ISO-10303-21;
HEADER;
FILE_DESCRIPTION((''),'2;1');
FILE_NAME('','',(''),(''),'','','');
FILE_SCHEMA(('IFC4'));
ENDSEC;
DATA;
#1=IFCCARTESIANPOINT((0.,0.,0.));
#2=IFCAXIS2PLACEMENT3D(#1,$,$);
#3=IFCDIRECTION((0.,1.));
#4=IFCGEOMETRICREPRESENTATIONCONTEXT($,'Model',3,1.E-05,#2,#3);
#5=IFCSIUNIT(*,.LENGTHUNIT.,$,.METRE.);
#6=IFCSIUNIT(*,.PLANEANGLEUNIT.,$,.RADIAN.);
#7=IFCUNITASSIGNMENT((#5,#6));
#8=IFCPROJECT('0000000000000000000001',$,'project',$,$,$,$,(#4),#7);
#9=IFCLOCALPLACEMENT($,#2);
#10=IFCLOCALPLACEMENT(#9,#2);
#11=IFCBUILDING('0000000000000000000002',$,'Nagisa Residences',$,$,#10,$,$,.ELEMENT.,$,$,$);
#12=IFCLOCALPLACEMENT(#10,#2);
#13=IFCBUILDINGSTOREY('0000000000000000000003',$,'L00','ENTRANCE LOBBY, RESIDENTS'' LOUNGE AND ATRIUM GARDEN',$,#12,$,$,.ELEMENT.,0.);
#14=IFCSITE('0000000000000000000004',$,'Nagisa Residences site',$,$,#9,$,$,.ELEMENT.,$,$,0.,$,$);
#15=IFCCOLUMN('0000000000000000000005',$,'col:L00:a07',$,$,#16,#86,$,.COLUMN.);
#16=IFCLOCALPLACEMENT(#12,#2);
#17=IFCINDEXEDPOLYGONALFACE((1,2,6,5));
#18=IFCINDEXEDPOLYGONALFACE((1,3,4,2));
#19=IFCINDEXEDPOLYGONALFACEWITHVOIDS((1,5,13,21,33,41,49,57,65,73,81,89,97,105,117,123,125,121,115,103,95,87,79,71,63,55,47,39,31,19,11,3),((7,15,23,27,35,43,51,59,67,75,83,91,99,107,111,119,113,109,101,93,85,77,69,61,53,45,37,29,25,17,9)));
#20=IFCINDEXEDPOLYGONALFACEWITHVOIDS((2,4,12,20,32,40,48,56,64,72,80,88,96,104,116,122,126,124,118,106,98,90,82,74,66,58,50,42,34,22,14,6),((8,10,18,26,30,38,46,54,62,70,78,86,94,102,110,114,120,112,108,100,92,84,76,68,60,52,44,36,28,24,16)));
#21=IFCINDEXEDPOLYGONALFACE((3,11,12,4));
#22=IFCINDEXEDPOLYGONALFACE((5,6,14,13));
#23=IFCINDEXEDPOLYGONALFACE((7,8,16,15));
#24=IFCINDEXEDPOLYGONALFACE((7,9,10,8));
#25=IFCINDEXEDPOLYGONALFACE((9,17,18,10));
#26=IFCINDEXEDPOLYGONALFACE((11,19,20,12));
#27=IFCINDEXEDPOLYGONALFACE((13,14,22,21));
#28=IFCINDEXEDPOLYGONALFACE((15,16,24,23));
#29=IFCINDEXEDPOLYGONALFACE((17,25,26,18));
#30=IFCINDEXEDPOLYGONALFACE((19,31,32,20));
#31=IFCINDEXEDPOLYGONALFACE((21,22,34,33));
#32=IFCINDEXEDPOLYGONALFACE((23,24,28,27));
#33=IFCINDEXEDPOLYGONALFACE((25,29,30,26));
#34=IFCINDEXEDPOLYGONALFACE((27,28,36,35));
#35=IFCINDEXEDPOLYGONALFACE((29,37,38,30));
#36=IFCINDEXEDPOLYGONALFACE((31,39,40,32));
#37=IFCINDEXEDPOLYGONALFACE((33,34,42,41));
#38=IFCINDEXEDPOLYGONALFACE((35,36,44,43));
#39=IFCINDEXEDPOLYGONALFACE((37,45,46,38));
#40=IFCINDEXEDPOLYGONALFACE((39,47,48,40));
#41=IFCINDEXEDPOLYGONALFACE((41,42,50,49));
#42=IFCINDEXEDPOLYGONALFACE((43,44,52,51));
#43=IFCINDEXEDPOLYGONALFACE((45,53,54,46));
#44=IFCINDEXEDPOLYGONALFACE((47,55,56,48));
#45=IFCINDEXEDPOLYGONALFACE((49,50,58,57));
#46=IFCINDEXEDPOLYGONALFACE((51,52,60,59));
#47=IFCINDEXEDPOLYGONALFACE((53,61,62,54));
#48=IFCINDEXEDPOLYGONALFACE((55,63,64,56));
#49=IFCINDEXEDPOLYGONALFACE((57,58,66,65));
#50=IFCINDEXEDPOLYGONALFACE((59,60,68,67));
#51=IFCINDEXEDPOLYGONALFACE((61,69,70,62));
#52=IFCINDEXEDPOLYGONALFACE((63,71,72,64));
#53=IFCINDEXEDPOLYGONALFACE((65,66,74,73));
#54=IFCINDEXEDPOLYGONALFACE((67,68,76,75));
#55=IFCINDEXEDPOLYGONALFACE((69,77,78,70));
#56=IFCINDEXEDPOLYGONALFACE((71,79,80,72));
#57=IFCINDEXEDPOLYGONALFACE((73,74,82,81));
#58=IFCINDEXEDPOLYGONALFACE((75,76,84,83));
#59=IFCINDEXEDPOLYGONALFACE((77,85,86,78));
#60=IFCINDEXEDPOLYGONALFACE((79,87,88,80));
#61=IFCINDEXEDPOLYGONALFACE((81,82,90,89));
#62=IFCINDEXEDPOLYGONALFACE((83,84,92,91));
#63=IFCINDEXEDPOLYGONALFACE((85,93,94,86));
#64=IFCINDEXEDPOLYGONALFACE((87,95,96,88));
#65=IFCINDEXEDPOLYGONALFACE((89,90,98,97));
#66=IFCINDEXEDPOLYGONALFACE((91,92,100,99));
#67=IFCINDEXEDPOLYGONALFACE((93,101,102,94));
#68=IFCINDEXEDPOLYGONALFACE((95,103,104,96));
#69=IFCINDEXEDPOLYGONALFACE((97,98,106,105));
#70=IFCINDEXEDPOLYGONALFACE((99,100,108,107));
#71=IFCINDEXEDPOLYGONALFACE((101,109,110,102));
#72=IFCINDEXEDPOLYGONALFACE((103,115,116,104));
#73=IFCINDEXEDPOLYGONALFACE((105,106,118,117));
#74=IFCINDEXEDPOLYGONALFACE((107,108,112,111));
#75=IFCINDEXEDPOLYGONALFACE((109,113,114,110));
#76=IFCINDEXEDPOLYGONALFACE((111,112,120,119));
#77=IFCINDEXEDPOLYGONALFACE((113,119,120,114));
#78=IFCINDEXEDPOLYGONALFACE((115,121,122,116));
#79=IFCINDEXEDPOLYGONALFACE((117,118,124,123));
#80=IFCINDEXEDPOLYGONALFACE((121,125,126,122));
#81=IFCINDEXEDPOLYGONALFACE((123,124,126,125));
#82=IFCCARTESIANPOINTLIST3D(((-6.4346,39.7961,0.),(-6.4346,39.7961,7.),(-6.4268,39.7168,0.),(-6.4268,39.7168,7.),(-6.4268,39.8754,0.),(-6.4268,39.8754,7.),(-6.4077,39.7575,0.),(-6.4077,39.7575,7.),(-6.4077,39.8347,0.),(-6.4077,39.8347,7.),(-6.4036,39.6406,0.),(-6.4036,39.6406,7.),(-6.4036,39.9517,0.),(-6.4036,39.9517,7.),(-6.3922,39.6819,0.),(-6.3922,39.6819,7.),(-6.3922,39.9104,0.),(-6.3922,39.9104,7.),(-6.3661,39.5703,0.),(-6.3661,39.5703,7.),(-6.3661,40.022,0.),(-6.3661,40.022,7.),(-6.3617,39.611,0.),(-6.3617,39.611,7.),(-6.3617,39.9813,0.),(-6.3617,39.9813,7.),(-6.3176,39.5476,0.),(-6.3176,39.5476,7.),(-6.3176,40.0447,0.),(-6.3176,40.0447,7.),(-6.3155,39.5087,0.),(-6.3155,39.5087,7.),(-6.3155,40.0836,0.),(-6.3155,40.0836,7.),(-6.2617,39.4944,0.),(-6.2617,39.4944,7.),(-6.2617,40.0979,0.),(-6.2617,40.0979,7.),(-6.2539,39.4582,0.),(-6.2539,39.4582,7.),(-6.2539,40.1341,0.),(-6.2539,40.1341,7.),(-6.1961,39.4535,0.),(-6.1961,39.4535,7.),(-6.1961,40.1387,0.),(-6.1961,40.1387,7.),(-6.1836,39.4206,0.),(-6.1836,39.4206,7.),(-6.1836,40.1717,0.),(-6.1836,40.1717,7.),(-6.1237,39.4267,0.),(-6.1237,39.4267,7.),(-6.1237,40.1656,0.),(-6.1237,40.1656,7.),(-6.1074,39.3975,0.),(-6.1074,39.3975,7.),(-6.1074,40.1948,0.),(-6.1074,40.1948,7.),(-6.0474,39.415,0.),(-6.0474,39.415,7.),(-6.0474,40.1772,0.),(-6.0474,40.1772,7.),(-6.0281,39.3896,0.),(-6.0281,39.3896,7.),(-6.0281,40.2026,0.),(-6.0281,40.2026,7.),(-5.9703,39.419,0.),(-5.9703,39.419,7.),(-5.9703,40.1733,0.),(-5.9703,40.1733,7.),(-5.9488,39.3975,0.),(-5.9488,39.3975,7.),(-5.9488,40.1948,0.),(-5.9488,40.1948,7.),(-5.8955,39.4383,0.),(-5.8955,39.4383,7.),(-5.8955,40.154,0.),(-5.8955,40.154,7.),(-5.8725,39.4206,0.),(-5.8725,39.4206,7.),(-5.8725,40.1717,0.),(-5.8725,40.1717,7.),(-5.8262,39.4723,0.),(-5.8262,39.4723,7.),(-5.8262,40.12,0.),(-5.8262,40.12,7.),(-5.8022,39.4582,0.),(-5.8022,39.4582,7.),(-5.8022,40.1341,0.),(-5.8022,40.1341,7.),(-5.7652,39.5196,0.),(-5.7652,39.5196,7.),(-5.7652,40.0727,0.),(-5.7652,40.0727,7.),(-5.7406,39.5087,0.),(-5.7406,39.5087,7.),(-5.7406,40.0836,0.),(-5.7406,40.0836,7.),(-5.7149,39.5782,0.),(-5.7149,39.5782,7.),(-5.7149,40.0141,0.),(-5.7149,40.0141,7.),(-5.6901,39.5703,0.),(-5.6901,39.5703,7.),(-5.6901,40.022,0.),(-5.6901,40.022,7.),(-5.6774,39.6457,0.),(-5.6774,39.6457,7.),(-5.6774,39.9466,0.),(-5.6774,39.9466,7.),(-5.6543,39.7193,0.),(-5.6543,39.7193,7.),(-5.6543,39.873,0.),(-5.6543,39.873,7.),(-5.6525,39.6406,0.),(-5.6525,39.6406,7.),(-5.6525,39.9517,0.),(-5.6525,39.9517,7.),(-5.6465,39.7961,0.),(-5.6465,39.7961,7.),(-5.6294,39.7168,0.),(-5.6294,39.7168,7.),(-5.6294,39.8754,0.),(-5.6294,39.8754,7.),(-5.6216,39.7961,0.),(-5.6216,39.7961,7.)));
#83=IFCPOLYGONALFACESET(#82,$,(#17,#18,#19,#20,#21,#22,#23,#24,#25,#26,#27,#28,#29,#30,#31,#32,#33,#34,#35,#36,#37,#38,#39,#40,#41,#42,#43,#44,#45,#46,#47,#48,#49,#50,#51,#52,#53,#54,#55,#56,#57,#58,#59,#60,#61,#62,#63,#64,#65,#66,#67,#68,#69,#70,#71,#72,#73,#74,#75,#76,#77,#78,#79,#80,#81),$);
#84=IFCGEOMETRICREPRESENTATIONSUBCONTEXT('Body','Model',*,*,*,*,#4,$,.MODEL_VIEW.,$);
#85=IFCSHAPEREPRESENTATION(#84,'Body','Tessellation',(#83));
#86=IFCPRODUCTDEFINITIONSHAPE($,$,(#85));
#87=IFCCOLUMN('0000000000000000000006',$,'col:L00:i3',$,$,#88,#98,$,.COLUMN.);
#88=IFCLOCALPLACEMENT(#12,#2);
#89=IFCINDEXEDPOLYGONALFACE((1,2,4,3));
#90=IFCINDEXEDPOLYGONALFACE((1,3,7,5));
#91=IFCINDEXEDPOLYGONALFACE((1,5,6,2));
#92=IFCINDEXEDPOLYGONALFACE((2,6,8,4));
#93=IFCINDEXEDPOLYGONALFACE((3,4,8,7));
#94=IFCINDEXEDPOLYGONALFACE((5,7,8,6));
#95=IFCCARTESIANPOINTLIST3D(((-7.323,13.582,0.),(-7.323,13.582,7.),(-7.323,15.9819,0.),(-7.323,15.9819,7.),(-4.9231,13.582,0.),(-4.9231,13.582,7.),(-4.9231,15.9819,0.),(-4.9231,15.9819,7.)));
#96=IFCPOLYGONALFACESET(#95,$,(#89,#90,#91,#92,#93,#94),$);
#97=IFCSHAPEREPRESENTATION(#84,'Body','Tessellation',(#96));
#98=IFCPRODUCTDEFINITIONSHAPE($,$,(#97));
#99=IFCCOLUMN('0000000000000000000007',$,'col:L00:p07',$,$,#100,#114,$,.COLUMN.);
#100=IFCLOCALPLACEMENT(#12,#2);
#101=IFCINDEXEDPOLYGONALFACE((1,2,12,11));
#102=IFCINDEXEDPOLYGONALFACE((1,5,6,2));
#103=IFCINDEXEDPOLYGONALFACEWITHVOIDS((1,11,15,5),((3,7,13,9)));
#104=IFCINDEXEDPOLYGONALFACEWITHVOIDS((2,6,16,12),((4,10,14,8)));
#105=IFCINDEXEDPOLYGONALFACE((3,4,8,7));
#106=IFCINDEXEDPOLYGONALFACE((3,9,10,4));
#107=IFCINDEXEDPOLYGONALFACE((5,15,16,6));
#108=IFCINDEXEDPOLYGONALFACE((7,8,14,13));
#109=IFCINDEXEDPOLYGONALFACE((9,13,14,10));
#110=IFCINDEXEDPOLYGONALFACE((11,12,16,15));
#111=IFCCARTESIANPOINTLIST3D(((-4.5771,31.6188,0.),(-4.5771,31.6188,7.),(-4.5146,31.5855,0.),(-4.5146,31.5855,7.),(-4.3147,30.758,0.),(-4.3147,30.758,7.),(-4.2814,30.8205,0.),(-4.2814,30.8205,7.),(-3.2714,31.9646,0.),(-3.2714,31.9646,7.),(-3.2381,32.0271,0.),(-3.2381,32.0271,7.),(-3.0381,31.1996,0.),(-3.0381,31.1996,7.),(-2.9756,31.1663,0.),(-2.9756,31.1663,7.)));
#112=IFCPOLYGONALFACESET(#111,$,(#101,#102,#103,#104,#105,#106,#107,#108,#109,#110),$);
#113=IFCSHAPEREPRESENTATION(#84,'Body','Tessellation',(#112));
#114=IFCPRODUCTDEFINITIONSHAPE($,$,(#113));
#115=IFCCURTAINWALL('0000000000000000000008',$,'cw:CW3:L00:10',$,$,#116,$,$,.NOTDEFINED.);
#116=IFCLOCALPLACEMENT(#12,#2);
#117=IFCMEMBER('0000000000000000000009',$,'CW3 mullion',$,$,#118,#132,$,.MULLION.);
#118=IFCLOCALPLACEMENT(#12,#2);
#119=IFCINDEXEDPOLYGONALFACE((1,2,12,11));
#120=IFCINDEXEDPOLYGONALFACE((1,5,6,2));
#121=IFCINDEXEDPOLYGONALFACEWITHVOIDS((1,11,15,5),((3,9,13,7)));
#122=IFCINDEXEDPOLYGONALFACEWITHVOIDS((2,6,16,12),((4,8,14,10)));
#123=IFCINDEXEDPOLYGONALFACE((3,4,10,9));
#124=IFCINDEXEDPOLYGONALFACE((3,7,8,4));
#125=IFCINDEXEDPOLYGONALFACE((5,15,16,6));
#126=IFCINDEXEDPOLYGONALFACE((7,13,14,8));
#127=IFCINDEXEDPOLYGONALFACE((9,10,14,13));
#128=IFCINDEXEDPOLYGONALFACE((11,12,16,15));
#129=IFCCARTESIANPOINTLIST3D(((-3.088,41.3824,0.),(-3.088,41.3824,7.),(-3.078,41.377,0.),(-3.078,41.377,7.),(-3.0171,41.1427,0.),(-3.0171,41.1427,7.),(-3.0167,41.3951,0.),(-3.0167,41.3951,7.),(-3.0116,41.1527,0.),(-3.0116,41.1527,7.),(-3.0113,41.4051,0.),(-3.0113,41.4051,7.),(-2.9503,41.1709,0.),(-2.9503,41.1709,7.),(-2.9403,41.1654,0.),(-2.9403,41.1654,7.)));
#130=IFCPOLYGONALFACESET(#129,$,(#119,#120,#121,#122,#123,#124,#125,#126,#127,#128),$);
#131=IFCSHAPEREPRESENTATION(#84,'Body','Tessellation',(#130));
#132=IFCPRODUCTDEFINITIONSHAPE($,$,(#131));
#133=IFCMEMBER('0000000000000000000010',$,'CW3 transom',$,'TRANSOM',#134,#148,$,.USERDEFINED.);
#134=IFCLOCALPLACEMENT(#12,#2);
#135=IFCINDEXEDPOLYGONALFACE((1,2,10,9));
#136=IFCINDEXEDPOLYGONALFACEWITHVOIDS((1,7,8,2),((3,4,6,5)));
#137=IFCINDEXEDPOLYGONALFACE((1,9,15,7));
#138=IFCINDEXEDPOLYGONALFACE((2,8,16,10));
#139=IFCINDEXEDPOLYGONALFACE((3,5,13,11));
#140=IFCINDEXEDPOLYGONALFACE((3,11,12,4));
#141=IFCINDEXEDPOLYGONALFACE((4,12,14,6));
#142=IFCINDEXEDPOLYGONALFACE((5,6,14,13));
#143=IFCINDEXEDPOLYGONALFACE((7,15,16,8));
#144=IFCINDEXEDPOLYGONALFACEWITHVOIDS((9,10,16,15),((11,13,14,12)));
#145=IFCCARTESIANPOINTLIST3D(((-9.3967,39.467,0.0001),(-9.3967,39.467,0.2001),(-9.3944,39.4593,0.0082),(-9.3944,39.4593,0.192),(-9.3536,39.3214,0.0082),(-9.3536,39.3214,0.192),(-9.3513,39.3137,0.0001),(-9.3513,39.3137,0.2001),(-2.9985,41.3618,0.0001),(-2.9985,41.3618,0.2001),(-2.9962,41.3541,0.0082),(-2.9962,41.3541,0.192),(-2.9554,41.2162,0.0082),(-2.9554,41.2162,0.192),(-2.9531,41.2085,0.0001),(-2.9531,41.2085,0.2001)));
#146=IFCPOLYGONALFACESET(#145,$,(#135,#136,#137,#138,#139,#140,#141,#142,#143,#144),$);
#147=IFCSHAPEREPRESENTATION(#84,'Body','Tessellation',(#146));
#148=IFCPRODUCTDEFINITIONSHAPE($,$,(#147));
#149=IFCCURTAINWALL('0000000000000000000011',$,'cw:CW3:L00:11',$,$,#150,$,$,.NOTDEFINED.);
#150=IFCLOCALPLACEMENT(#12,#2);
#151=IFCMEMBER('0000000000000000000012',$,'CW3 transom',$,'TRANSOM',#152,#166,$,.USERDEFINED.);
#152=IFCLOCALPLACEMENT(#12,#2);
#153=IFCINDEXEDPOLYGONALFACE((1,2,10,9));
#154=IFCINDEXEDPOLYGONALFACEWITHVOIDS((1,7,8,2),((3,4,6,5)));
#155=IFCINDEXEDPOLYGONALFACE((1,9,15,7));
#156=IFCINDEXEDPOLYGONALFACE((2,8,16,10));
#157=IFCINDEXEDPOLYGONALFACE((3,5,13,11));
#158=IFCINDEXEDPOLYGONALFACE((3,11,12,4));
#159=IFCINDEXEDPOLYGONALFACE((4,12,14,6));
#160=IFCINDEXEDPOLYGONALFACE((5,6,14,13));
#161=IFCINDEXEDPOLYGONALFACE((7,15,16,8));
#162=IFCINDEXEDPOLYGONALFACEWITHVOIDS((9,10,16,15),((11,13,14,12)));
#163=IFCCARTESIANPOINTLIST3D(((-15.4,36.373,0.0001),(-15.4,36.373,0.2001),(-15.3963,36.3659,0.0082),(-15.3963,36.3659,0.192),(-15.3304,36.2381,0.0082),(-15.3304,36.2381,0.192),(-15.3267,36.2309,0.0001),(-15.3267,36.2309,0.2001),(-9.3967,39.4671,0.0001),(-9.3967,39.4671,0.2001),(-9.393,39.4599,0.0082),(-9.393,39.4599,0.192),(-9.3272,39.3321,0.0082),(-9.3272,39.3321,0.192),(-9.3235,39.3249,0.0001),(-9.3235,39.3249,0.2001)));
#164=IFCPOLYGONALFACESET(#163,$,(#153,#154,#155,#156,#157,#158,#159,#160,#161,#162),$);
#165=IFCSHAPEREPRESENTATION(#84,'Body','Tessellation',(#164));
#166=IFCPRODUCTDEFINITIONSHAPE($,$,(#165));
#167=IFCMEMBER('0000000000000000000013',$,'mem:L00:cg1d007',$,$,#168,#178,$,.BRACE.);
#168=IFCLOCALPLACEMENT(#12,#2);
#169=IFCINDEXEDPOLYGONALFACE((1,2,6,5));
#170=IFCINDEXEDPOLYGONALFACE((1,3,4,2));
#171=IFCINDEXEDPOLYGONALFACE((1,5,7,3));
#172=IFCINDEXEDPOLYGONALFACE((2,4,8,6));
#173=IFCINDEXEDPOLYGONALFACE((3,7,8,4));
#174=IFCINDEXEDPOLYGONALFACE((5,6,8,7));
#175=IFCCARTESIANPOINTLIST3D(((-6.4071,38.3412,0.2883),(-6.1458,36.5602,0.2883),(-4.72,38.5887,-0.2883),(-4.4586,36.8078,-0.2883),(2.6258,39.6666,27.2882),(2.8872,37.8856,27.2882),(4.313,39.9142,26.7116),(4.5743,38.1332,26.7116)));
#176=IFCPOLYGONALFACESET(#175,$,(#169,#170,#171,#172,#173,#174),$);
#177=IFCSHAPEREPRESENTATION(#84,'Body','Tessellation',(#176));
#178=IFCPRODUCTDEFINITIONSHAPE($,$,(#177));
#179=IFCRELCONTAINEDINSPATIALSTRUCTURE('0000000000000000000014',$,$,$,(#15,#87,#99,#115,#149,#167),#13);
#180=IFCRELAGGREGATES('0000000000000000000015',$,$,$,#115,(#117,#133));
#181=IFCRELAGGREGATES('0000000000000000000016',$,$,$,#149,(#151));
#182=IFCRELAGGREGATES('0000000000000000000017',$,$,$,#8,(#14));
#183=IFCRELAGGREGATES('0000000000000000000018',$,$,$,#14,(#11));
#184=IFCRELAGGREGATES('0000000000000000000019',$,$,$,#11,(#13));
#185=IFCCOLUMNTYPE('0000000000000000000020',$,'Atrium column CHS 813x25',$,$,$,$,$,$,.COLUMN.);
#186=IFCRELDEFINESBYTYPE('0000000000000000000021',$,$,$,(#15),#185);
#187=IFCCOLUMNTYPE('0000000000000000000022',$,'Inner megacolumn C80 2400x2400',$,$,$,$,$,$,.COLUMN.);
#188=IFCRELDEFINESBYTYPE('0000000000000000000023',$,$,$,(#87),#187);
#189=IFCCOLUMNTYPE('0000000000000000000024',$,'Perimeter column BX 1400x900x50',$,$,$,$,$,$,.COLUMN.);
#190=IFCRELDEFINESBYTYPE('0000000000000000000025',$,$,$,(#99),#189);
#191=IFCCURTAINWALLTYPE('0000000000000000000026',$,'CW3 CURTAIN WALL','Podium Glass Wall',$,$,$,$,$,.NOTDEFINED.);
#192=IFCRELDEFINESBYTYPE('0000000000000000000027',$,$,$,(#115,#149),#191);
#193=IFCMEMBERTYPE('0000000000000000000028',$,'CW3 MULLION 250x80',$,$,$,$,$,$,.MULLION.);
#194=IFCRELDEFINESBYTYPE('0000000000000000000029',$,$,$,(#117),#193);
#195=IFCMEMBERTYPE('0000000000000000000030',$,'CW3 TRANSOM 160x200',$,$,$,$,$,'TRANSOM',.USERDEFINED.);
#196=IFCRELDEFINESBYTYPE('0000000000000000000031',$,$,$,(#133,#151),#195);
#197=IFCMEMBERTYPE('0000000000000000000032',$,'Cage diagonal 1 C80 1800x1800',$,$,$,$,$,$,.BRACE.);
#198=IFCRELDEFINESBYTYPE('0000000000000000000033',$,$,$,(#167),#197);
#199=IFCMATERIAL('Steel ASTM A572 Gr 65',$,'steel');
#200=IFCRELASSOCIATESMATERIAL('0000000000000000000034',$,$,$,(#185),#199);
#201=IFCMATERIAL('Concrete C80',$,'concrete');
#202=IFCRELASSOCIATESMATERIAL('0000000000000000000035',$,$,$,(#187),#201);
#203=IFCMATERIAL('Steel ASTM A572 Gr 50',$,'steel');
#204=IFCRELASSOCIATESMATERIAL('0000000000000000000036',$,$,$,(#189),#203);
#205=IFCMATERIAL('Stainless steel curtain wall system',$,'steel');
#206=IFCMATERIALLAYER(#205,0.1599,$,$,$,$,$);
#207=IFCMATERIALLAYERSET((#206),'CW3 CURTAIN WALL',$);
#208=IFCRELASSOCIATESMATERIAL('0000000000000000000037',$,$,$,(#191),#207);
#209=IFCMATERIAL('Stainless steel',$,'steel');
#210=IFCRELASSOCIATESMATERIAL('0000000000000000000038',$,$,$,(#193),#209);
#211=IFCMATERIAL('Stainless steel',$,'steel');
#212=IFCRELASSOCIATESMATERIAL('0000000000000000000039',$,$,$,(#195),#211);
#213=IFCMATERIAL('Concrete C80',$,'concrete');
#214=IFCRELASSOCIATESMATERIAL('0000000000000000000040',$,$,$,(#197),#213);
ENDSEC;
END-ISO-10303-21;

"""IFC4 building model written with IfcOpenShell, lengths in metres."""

from ifc_helpers import new_model, si_unit, direction, frame, origin, origin_2d, place, context, subcontext, project, spatial, rectangle, hollow_rectangle, hollow_circle, extrude, material, layer, layer_set, material_profile, profile_set, type_object, element, aggregate, save


model = new_model("IFC4")

# Units and contexts
model_context = context("Model", 3, precision=1e-05, world=origin(), true_north=direction((0.0, 1.0)))
body_context = subcontext(model_context, "Body", "Model", "MODEL_VIEW")
ifc_project = project(units=[si_unit("LENGTHUNIT", "METRE"), si_unit("PLANEANGLEUNIT", "RADIAN")], contexts=[model_context])

# Site, building, storey
site_placement = place(None, origin())
site = spatial("IfcSite", under=ifc_project, at=site_placement, Name="Nagisa Residences site", CompositionType="ELEMENT", RefElevation=0.0)
building_placement = place(site_placement, origin())
building = spatial("IfcBuilding", under=site, at=building_placement, Name="Nagisa Residences", CompositionType="ELEMENT")
storey_placement = place(building_placement, origin())
storey = spatial("IfcBuildingStorey", under=building, at=storey_placement, Name="L00", Description="ENTRANCE LOBBY, RESIDENTS' LOUNGE AND ATRIUM GARDEN", CompositionType="ELEMENT", Elevation=0.0)

# Columns
ifc_material_1 = material(Name="Steel ASTM A572 Gr 65", Category="steel")
ifc_material_profile_1 = material_profile(ifc_material_1, hollow_circle(Radius=0.4065, WallThickness=0.0249, at=origin_2d()), Name="CHS 813x25")
ifc_profile_set_1 = profile_set([ifc_material_profile_1], Name="Steel ASTM A572 Gr 65")
column_type_1 = type_object("IfcColumnType", Name="Atrium column CHS 813x25", PredefinedType="COLUMN", material=ifc_profile_set_1)
column_1_placement = place(storey_placement, frame((-6.0281, 39.7961, 0.0), z_axis=(0.0, 0.0, 1.0), x_axis=(1.0, 0.0, 0.0)))
element("IfcColumn", 1, at=column_1_placement, inside=storey, type_object=column_type_1, Name="col:L00:a07", PredefinedType="COLUMN", context=body_context, shape_type="SweptSolid", body=[
    extrude(hollow_circle(Radius=0.4065, WallThickness=0.0249, at=origin_2d()), origin(), (0.0, 0.0, 1.0), 7.0),
])
ifc_material_2 = material(Name="Concrete C80", Category="concrete")
ifc_material_profile_2 = material_profile(ifc_material_2, rectangle(XDim=2.3999, YDim=2.3999, at=origin_2d()), Name="C80 2400x2400")
ifc_profile_set_2 = profile_set([ifc_material_profile_2], Name="Concrete C80")
column_type_2 = type_object("IfcColumnType", Name="Inner megacolumn C80 2400x2400", PredefinedType="COLUMN", material=ifc_profile_set_2)
column_2_placement = place(storey_placement, frame((-6.123, 14.782, 0.0), z_axis=(0.0, 0.0, 1.0), x_axis=(1.0, 0.0, 0.0)))
element("IfcColumn", 2, at=column_2_placement, inside=storey, type_object=column_type_2, Name="col:L00:i3", PredefinedType="COLUMN", context=body_context, shape_type="SweptSolid", body=[
    extrude(rectangle(XDim=2.3999, YDim=2.3999, at=origin_2d()), origin(), (0.0, 0.0, 1.0), 7.0),
])
ifc_material_3 = material(Name="Steel ASTM A572 Gr 50", Category="steel")
ifc_material_profile_3 = material_profile(ifc_material_3, hollow_rectangle(XDim=1.3999, YDim=0.8999, WallThickness=0.05, at=origin_2d()), Name="BX 1400x900x50")
ifc_profile_set_3 = profile_set([ifc_material_profile_3], Name="Steel ASTM A572 Gr 50")
column_type_3 = type_object("IfcColumnType", Name="Perimeter column BX 1400x900x50", PredefinedType="COLUMN", material=ifc_profile_set_3)
column_3_placement = place(storey_placement, frame((-3.7764, 31.3926, 0.0), z_axis=(0.0, 0.0, 1.0), x_axis=(-0.956525, -0.291652, 0.0)))
element("IfcColumn", 3, at=column_3_placement, inside=storey, type_object=column_type_3, Name="col:L00:p07", PredefinedType="COLUMN", context=body_context, shape_type="SweptSolid", body=[
    extrude(hollow_rectangle(XDim=1.3999, YDim=0.8999, WallThickness=0.05, at=origin_2d()), origin(), (0.0, 0.0, 1.0), 7.0),
])

# Curtain wall, members
ifc_material_4 = material(Name="Stainless steel curtain wall system", Category="steel")
ifc_layer_1 = layer(ifc_material_4, 0.1599)
ifc_layer_set_1 = layer_set([ifc_layer_1], Name="CW3 CURTAIN WALL")
curtain_wall_type = type_object("IfcCurtainWallType", Name="CW3 CURTAIN WALL", Description="Podium Glass Wall", PredefinedType="NOTDEFINED", material=ifc_layer_set_1)
curtain_wall_1_placement = place(storey_placement, origin())
curtain_wall_1 = element("IfcCurtainWall", 4, at=curtain_wall_1_placement, inside=storey, type_object=curtain_wall_type, Name="cw:CW3:L00:10", PredefinedType="NOTDEFINED")
ifc_material_5 = material(Name="Stainless steel", Category="steel")
ifc_material_profile_4 = material_profile(ifc_material_5, hollow_rectangle(XDim=0.25, YDim=0.0801, WallThickness=0.0081, at=origin_2d()), Name="CW3 MULLION 250x80")
ifc_profile_set_4 = profile_set([ifc_material_profile_4], Name="Stainless steel")
member_type_1 = type_object("IfcMemberType", Name="CW3 MULLION 250x80", PredefinedType="MULLION", material=ifc_profile_set_4)
member_1_placement = place(storey_placement, frame((-3.0142, 41.2739, 0.0), z_axis=(0.0, 0.0, 1.0), x_axis=(0.283963, -0.958835, 0.0)))
member_1 = element("IfcMember", 5, at=member_1_placement, type_object=member_type_1, Name="CW3 mullion", PredefinedType="MULLION", context=body_context, shape_type="SweptSolid", body=[
    extrude(hollow_rectangle(XDim=0.25, YDim=0.0801, WallThickness=0.0081, at=origin_2d()), origin(), (0.0, 0.0, 1.0), 7.0),
])
ifc_material_6 = material(Name="Stainless steel", Category="steel")
ifc_material_profile_5 = material_profile(ifc_material_6, hollow_rectangle(XDim=0.1599, YDim=0.2, WallThickness=0.0081, at=origin_2d()), Name="CW3 TRANSOM 160x200")
ifc_profile_set_5 = profile_set([ifc_material_profile_5], Name="Stainless steel")
member_type_2 = type_object("IfcMemberType", Name="CW3 TRANSOM 160x200", ElementType="TRANSOM", PredefinedType="USERDEFINED", material=ifc_profile_set_5)
member_2_placement = place(storey_placement, frame((-2.9758, 41.2852, 0.1001), z_axis=(-0.958838, -0.283953, 0.0), x_axis=(0.283953, -0.958838, 0.0)))
member_2 = element("IfcMember", 6, at=member_2_placement, type_object=member_type_2, Name="CW3 transom", ObjectType="TRANSOM", PredefinedType="USERDEFINED", context=body_context, shape_type="SweptSolid", body=[
    extrude(hollow_rectangle(XDim=0.1599, YDim=0.2, WallThickness=0.0081, at=origin_2d()), origin(), (0.0, 0.0, 1.0), 6.6729),
])

# Curtain wall, member
curtain_wall_2_placement = place(storey_placement, origin())
curtain_wall_2 = element("IfcCurtainWall", 7, at=curtain_wall_2_placement, inside=storey, type_object=curtain_wall_type, Name="cw:CW3:L00:11", PredefinedType="NOTDEFINED")
member_3_placement = place(storey_placement, frame((-9.3601, 39.396, 0.1001), z_axis=(-0.888887, -0.458126, 0.0), x_axis=(0.458126, -0.888887, 0.0)))
member_3 = element("IfcMember", 8, at=member_3_placement, type_object=member_type_2, Name="CW3 transom", ObjectType="TRANSOM", PredefinedType="USERDEFINED", context=body_context, shape_type="SweptSolid", body=[
    extrude(hollow_rectangle(XDim=0.1599, YDim=0.2, WallThickness=0.0081, at=origin_2d()), origin(), (0.0, 0.0, 1.0), 6.7537),
])

# Member
ifc_material_7 = material(Name="Concrete C80", Category="concrete")
ifc_material_profile_6 = material_profile(ifc_material_7, rectangle(XDim=1.8, YDim=1.8, at=origin_2d()), Name="C80 1800x1800")
ifc_profile_set_6 = profile_set([ifc_material_profile_6], Name="Concrete C80")
member_type_3 = type_object("IfcMemberType", Name="Cage diagonal 1 C80 1800x1800", PredefinedType="BRACE", material=ifc_profile_set_6)
member_4_placement = place(storey_placement, frame((-5.4329, 37.5745, 0.0), z_axis=(0.316926, 0.046504, 0.947309), x_axis=(-0.145179, 0.989405, 0.0)))
element("IfcMember", 9, at=member_4_placement, inside=storey, type_object=member_type_3, Name="mem:L00:cg1d007", PredefinedType="BRACE", context=body_context, shape_type="SweptSolid", body=[
    extrude(rectangle(XDim=1.8, YDim=1.8, at=origin_2d()), origin(), (0.0, 0.0, 1.0), 28.5017),
])

aggregate(curtain_wall_1, [member_1, member_2])
aggregate(curtain_wall_2, [member_3])

save(model, "model.ifc")
